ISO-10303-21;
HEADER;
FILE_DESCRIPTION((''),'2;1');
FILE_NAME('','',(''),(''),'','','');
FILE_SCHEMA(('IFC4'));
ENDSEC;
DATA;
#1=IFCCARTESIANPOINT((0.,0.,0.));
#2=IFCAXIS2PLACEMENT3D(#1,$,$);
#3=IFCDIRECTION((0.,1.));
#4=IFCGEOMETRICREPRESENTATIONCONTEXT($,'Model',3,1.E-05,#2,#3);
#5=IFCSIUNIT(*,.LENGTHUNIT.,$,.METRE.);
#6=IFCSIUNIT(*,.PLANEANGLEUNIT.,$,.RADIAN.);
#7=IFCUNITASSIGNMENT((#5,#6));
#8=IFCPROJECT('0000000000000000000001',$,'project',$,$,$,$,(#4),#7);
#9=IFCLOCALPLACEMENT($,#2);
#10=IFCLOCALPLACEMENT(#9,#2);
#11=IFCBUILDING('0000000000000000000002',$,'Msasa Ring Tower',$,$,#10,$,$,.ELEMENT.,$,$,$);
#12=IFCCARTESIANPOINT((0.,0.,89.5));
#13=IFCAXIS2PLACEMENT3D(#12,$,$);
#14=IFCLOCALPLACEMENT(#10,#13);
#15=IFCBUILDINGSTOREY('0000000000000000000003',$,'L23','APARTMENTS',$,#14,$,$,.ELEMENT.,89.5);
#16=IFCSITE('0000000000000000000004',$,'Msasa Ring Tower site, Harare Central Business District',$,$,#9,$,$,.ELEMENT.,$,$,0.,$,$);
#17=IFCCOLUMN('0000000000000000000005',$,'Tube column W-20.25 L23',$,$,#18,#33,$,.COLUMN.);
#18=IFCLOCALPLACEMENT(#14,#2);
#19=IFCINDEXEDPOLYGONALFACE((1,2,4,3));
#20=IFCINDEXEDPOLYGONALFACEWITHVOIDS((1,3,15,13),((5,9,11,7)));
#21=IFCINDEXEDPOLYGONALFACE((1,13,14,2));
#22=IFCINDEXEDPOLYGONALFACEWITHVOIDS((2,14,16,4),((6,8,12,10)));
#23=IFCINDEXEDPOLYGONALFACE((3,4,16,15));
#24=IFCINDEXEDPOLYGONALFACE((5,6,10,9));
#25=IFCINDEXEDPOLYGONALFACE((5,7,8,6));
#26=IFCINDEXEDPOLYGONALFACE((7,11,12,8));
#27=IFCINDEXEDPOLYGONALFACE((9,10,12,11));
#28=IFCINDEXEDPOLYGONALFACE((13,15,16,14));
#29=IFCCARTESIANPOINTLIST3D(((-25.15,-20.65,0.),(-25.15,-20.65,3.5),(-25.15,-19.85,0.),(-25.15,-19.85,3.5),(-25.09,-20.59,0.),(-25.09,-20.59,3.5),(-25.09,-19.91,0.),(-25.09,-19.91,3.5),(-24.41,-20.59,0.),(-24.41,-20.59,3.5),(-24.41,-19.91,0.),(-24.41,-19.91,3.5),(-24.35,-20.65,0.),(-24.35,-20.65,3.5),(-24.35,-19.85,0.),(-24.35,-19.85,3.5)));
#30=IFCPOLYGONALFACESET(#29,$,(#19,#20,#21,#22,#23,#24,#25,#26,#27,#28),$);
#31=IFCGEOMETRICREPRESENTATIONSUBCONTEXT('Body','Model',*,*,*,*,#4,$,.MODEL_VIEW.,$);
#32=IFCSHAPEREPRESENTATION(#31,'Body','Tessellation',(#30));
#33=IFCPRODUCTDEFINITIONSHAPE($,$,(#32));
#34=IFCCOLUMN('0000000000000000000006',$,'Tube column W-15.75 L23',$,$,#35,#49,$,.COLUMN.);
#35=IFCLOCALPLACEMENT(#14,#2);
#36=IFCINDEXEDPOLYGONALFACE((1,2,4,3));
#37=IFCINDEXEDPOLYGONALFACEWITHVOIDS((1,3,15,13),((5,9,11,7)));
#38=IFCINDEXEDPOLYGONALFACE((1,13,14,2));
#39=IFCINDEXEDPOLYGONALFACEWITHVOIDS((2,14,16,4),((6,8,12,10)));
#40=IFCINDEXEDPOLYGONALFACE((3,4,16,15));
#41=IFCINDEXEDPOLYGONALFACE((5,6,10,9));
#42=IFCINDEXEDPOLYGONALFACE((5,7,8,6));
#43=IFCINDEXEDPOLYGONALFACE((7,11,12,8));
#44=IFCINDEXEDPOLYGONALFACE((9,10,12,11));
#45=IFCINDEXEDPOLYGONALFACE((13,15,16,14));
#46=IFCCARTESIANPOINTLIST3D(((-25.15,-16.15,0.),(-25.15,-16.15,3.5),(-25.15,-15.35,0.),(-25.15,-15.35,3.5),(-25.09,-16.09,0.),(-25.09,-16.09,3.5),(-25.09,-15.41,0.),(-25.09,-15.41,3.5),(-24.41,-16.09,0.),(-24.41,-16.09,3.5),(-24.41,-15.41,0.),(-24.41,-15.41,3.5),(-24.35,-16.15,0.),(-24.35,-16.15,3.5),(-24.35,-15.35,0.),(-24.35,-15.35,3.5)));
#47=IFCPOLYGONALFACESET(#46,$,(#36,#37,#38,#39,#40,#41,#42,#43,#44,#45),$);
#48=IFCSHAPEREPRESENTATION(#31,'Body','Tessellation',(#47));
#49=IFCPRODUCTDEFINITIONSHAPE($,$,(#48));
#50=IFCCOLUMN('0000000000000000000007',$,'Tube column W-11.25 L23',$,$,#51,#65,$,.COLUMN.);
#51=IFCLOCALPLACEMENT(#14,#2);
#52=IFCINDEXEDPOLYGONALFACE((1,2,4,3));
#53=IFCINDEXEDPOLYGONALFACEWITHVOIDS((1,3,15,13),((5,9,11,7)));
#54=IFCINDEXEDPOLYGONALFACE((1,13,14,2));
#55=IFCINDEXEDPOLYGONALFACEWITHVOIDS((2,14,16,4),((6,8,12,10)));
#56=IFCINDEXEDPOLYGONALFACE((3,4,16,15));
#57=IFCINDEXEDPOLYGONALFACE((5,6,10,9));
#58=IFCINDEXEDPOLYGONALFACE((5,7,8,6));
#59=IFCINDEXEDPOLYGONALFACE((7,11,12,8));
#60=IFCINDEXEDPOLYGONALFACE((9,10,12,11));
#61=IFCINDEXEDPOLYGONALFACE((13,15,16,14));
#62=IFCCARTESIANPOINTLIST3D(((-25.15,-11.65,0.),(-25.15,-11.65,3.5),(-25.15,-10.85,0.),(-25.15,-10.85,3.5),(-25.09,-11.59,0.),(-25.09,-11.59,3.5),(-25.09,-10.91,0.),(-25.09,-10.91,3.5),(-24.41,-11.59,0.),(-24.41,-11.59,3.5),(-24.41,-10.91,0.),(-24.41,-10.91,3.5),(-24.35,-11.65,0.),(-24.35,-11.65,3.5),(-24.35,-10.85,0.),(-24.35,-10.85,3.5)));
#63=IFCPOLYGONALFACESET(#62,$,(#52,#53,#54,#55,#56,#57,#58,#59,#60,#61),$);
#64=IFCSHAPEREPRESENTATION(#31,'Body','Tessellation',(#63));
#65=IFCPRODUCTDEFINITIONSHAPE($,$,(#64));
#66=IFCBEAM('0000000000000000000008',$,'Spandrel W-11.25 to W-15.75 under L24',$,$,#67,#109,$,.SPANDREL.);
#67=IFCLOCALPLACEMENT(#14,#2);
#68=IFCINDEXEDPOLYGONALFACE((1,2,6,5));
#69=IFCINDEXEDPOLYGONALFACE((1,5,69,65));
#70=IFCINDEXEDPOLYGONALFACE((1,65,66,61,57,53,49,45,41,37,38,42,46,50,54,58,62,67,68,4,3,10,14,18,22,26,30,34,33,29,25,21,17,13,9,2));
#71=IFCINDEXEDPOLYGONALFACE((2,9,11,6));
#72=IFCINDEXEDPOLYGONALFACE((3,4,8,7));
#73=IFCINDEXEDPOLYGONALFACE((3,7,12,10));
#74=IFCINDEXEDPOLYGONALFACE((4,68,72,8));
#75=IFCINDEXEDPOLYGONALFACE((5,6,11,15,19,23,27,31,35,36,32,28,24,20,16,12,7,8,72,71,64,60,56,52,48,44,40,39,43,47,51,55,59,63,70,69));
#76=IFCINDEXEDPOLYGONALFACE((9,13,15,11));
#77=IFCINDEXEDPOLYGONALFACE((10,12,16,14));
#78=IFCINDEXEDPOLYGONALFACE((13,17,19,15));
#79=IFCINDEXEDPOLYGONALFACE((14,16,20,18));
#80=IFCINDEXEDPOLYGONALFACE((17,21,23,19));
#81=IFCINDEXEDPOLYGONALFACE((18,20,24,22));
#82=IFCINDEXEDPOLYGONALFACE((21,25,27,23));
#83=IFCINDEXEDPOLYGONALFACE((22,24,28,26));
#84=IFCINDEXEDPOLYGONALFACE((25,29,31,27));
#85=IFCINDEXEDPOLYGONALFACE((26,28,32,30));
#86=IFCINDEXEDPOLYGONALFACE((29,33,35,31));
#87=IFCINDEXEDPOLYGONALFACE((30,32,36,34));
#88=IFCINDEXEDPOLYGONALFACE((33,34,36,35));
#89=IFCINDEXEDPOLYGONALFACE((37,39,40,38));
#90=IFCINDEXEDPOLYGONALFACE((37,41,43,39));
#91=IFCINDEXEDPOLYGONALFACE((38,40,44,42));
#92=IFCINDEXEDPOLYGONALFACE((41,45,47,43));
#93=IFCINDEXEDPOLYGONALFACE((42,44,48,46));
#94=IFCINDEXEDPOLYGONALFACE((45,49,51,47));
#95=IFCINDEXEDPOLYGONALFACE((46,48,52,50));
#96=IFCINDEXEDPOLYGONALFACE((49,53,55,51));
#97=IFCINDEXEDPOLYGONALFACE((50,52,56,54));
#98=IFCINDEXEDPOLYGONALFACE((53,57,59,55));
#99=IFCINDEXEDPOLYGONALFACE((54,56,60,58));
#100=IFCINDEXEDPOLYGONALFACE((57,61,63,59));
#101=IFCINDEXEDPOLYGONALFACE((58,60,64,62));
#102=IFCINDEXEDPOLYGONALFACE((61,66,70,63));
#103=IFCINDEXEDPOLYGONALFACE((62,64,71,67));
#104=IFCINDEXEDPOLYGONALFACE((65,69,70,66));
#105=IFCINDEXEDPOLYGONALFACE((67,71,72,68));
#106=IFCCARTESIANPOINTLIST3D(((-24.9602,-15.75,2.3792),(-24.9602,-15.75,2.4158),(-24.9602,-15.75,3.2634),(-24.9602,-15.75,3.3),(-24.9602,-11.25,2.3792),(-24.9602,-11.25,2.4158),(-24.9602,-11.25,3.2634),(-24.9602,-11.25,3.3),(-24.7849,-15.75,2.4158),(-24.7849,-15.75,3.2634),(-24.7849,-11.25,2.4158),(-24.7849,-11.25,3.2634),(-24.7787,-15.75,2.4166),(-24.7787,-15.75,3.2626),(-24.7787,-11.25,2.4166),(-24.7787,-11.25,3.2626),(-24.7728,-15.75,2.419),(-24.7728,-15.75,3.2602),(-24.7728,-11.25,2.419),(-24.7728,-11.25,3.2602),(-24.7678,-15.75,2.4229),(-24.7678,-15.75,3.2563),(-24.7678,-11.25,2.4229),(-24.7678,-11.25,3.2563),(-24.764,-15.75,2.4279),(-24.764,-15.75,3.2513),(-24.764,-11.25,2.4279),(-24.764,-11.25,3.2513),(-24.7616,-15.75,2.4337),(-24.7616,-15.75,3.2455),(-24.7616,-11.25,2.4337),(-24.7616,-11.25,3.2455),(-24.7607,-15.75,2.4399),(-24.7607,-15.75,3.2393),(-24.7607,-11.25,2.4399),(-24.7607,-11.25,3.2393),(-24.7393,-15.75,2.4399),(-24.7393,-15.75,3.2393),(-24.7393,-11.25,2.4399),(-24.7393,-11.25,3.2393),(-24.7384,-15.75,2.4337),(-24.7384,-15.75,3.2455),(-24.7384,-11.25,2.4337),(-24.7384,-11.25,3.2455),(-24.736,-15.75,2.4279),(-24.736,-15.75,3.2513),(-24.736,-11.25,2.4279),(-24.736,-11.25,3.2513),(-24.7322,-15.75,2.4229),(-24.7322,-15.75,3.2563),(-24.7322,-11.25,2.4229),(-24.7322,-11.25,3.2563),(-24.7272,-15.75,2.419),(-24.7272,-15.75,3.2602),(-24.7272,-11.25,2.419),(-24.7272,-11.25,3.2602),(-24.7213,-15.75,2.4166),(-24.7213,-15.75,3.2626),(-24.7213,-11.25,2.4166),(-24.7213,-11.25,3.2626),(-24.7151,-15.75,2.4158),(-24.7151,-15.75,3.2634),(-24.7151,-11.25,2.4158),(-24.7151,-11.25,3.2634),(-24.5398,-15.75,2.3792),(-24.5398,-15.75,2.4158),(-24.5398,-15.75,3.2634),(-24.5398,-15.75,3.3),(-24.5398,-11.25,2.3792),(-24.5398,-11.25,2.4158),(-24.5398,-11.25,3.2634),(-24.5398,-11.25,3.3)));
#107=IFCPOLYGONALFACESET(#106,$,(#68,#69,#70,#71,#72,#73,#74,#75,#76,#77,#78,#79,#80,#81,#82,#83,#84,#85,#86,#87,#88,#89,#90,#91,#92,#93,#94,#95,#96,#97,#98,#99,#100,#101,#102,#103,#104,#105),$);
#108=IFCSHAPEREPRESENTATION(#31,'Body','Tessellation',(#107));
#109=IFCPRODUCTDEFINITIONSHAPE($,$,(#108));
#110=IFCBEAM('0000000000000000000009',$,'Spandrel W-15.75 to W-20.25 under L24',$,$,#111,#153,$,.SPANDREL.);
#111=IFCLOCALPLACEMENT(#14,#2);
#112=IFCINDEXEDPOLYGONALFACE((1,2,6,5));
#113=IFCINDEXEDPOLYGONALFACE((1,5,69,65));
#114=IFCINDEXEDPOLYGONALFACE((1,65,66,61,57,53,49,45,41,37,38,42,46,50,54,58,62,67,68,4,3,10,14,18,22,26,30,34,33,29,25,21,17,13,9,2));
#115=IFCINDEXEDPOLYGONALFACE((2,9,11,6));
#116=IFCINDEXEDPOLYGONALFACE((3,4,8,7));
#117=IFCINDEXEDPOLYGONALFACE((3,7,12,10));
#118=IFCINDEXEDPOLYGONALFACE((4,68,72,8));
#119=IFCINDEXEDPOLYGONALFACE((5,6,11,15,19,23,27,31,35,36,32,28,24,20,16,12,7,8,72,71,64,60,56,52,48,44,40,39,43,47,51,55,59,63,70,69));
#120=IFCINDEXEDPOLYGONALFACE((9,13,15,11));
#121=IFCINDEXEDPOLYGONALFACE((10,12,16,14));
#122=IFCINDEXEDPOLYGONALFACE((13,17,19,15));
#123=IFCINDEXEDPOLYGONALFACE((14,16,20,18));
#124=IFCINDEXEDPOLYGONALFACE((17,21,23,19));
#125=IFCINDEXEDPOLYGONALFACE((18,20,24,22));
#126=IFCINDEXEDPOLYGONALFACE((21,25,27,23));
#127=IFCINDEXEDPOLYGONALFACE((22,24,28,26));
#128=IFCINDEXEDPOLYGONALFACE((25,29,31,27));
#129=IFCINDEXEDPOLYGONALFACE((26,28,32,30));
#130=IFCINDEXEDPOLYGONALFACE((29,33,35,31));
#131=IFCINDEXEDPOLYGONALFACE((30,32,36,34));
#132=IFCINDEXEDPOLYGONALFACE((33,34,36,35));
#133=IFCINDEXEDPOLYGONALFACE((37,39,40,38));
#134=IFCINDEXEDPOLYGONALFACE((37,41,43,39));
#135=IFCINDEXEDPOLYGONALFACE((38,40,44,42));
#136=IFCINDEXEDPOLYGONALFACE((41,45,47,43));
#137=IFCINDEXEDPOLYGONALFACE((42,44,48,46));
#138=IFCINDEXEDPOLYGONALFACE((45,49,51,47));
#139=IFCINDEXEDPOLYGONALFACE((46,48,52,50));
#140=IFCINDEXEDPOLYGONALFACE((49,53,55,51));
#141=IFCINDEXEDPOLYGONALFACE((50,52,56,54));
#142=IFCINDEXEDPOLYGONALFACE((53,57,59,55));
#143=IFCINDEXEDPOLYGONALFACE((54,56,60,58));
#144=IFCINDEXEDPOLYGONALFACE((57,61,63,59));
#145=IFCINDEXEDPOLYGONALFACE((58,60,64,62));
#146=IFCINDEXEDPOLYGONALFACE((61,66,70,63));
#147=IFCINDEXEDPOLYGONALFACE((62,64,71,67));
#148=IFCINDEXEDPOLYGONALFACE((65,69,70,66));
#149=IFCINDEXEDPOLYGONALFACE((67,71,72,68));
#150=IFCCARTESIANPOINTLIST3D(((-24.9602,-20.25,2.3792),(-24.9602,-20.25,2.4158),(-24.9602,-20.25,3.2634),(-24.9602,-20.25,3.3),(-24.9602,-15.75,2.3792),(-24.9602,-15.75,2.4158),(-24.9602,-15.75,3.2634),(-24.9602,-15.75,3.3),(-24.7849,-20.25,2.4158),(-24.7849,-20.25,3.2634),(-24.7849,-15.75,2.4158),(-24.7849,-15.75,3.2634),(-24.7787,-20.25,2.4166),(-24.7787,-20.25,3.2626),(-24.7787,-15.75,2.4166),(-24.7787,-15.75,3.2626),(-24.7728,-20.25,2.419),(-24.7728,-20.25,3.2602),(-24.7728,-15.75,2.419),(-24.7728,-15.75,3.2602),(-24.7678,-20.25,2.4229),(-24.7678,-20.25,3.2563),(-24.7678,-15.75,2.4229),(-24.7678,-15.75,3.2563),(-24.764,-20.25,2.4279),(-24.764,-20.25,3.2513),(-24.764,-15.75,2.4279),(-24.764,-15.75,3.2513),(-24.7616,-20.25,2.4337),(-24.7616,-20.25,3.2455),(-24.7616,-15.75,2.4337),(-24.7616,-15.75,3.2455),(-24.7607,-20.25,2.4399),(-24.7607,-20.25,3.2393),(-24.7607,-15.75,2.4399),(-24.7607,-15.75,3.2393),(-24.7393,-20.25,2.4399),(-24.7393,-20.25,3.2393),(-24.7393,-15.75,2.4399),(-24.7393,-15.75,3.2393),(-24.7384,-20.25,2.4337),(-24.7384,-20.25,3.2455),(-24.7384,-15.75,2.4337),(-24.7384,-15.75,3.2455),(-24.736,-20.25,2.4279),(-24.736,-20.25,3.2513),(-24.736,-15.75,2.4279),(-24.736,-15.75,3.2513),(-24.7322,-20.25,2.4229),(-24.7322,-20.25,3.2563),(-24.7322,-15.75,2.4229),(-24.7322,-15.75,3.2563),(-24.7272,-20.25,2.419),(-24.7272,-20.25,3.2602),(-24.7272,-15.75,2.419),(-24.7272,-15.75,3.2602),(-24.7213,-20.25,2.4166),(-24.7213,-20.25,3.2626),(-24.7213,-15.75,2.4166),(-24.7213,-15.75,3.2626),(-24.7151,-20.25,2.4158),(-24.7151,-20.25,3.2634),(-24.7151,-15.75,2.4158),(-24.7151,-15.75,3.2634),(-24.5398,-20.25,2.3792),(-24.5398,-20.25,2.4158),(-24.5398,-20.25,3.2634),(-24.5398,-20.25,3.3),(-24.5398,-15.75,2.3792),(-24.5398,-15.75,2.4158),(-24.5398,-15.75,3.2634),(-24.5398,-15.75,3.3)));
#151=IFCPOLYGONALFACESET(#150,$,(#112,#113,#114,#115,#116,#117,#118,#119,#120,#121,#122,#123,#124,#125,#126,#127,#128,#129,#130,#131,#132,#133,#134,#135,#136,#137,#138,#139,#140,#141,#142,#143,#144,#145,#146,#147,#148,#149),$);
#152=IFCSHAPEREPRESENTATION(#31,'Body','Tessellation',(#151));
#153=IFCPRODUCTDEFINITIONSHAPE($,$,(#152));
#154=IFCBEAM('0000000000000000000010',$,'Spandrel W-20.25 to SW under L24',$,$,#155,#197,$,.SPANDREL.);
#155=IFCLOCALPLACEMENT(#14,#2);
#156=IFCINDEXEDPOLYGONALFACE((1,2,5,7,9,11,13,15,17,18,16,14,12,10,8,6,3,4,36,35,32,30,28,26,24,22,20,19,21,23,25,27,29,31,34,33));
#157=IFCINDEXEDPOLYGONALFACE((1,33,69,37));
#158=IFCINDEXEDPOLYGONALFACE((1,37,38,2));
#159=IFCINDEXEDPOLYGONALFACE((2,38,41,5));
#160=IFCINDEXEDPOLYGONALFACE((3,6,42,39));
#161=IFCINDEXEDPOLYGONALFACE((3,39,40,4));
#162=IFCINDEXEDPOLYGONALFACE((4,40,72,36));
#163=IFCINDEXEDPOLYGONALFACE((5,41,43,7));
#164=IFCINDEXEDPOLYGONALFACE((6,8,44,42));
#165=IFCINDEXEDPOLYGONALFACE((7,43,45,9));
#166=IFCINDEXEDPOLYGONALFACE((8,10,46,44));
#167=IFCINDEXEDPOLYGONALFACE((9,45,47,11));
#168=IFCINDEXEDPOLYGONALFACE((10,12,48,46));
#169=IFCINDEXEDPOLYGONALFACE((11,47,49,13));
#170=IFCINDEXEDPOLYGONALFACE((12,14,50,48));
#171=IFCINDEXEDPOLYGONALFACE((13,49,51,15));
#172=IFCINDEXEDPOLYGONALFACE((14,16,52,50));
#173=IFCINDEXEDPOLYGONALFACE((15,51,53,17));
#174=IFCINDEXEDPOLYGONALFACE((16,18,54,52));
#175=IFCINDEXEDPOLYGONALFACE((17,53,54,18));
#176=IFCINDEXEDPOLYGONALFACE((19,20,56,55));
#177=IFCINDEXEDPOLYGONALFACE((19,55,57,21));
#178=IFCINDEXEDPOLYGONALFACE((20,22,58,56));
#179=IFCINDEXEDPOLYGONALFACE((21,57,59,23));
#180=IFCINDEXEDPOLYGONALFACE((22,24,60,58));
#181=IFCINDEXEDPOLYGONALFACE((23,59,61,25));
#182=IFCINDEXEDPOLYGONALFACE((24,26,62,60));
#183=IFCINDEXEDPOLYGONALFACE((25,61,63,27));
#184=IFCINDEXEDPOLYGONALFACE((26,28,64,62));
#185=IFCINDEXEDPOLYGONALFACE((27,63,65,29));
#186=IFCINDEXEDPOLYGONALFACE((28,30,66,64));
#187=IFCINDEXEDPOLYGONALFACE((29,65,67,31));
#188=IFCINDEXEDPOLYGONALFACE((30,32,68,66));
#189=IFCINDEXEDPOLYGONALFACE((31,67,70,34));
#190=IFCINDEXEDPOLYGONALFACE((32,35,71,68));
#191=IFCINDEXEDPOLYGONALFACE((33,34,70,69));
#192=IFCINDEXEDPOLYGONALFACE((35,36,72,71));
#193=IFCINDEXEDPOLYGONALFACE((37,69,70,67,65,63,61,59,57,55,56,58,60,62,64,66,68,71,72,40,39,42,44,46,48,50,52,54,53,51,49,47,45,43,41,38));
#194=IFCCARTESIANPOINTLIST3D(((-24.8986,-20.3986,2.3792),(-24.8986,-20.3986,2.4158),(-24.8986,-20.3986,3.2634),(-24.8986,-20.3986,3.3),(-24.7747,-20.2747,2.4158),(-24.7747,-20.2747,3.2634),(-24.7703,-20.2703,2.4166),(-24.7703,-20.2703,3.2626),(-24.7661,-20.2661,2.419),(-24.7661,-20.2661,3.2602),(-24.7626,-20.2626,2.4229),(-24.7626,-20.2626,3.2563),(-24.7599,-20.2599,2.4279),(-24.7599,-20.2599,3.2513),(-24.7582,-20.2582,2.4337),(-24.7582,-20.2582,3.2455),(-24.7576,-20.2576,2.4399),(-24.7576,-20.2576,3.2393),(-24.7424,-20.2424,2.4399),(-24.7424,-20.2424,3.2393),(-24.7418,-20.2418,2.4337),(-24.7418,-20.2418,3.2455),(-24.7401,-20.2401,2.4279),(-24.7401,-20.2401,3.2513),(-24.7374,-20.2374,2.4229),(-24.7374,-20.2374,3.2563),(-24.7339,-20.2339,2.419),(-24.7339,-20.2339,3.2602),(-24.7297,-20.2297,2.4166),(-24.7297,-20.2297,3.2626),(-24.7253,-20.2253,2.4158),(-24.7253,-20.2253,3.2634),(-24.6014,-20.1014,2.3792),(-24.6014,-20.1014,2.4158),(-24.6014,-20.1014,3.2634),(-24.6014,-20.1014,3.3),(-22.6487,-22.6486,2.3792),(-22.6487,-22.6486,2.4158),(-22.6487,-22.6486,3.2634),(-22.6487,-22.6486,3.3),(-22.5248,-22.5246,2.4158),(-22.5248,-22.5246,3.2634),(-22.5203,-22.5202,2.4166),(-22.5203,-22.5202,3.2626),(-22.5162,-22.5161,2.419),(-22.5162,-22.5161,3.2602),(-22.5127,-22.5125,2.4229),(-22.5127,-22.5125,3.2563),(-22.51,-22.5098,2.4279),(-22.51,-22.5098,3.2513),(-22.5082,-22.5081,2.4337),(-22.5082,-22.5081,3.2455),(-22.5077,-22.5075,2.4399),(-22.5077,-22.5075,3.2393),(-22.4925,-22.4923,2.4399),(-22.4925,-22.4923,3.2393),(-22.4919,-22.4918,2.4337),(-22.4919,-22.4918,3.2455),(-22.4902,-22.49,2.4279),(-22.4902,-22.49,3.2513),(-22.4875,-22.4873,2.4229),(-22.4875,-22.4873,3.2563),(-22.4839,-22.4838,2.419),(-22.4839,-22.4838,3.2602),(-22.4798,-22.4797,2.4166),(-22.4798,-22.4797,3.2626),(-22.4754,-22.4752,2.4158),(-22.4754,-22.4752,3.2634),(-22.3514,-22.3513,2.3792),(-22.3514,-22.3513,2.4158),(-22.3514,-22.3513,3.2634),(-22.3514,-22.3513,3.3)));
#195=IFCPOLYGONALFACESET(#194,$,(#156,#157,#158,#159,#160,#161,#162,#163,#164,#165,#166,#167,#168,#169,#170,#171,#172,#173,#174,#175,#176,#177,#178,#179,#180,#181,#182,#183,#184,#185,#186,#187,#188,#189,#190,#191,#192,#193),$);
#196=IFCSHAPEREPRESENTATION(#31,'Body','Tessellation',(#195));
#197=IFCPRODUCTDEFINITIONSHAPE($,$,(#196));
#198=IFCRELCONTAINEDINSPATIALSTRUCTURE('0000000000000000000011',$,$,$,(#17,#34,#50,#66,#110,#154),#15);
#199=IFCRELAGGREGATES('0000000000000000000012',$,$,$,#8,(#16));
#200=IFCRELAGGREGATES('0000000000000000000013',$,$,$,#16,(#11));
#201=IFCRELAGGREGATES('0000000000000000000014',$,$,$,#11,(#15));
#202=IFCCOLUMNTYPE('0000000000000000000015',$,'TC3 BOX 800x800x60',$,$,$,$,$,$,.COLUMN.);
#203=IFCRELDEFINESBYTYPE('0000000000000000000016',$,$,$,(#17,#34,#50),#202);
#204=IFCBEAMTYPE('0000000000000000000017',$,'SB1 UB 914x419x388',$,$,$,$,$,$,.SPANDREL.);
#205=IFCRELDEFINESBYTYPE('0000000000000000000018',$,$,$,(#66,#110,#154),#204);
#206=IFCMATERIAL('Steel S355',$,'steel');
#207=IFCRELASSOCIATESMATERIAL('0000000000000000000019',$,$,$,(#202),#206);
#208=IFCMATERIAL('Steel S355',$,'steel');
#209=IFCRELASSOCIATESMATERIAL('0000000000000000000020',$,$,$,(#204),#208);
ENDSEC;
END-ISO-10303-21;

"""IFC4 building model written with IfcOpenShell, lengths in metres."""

from ifc_helpers import new_model, si_unit, direction, frame, origin, origin_2d, place, context, subcontext, project, spatial, hollow_rectangle, i_section, extrude, material, material_profile, profile_set, type_object, element, save


model = new_model("IFC4")

# Units and contexts
model_context = context("Model", 3, precision=1e-05, world=origin(), true_north=direction((0.0, 1.0)))
body_context = subcontext(model_context, "Body", "Model", "MODEL_VIEW")
ifc_project = project(units=[si_unit("LENGTHUNIT", "METRE"), si_unit("PLANEANGLEUNIT", "RADIAN")], contexts=[model_context])

# Site, building, storey
site_placement = place(None, origin())
site = spatial("IfcSite", under=ifc_project, at=site_placement, Name="Msasa Ring Tower site, Harare Central Business District", CompositionType="ELEMENT", RefElevation=0.0)
building_placement = place(site_placement, origin())
building = spatial("IfcBuilding", under=site, at=building_placement, Name="Msasa Ring Tower", CompositionType="ELEMENT")
storey_placement = place(building_placement, frame((0.0, 0.0, 89.5)))
storey = spatial("IfcBuildingStorey", under=building, at=storey_placement, Name="L23", Description="APARTMENTS", CompositionType="ELEMENT", Elevation=89.5)

# Columns
ifc_material_1 = material(Name="Steel S355", Category="steel")
ifc_material_profile_1 = material_profile(ifc_material_1, hollow_rectangle(XDim=0.8, YDim=0.8, WallThickness=0.0601, at=origin_2d()), Name="BOX 800x800x60")
ifc_profile_set_1 = profile_set([ifc_material_profile_1], Name="Steel S355")
column_type = type_object("IfcColumnType", Name="TC3 BOX 800x800x60", PredefinedType="COLUMN", material=ifc_profile_set_1)
for number, where, z_axis, x_axis, name in (
    (1, (-24.75, -20.25, 0.0), (0.0, 0.0, 1.0), (1.0, 0.0, 0.0), "Tube column W-20.25 L23"),
    (2, (-24.75, -15.75, 0.0), (0.0, 0.0, 1.0), (1.0, 0.0, 0.0), "Tube column W-15.75 L23"),
    (3, (-24.75, -11.25, 0.0), (0.0, 0.0, 1.0), (1.0, 0.0, 0.0), "Tube column W-11.25 L23"),
):
    element("IfcColumn", number, at=place(storey_placement, frame(where, z_axis=z_axis, x_axis=x_axis)), inside=storey, type_object=column_type, Name=name, PredefinedType="COLUMN", context=body_context, shape_type="SweptSolid", body=[
        extrude(hollow_rectangle(XDim=0.8, YDim=0.8, WallThickness=0.0601, at=origin_2d()), origin(), (0.0, 0.0, 1.0), 3.5),
    ])

# Beams
ifc_material_2 = material(Name="Steel S355", Category="steel")
ifc_material_profile_2 = material_profile(ifc_material_2, i_section(OverallWidth=0.4204, OverallDepth=0.9209, WebThickness=0.0215, FlangeThickness=0.0366, FilletRadius=0.0242, at=origin_2d()), Name="UB 914x419x388")
ifc_profile_set_2 = profile_set([ifc_material_profile_2], Name="Steel S355")
beam_type = type_object("IfcBeamType", Name="SB1 UB 914x419x388", PredefinedType="SPANDREL", material=ifc_profile_set_2)
for number, where, z_axis, x_axis, name in (
    (4, (-24.75, -11.25, 2.8396), (0.0, -1.0, 0.0), (1.0, 0.0, 0.0), "Spandrel W-11.25 to W-15.75 under L24"),
    (5, (-24.75, -15.75, 2.8396), (0.0, -1.0, 0.0), (1.0, 0.0, 0.0), "Spandrel W-15.75 to W-20.25 under L24"),
):
    element("IfcBeam", number, at=place(storey_placement, frame(where, z_axis=z_axis, x_axis=x_axis)), inside=storey, type_object=beam_type, Name=name, PredefinedType="SPANDREL", context=body_context, shape_type="SweptSolid", body=[
        extrude(i_section(OverallWidth=0.4204, OverallDepth=0.9209, WebThickness=0.0215, FlangeThickness=0.0366, FilletRadius=0.0242, at=origin_2d()), origin(), (0.0, 0.0, 1.0), 4.5),
    ])
beam_placement = place(storey_placement, frame((-24.75, -20.25, 2.8396), z_axis=(0.707107, -0.707107, 0.0), x_axis=(0.707107, 0.707107, 0.0)))
element("IfcBeam", 6, at=beam_placement, inside=storey, type_object=beam_type, Name="Spandrel W-20.25 to SW under L24", PredefinedType="SPANDREL", context=body_context, shape_type="SweptSolid", body=[
    extrude(i_section(OverallWidth=0.4204, OverallDepth=0.9209, WebThickness=0.0215, FlangeThickness=0.0366, FilletRadius=0.0242, at=origin_2d()), origin(), (0.0, 0.0, 1.0), 3.1819),
])

save(model, "model.ifc")
